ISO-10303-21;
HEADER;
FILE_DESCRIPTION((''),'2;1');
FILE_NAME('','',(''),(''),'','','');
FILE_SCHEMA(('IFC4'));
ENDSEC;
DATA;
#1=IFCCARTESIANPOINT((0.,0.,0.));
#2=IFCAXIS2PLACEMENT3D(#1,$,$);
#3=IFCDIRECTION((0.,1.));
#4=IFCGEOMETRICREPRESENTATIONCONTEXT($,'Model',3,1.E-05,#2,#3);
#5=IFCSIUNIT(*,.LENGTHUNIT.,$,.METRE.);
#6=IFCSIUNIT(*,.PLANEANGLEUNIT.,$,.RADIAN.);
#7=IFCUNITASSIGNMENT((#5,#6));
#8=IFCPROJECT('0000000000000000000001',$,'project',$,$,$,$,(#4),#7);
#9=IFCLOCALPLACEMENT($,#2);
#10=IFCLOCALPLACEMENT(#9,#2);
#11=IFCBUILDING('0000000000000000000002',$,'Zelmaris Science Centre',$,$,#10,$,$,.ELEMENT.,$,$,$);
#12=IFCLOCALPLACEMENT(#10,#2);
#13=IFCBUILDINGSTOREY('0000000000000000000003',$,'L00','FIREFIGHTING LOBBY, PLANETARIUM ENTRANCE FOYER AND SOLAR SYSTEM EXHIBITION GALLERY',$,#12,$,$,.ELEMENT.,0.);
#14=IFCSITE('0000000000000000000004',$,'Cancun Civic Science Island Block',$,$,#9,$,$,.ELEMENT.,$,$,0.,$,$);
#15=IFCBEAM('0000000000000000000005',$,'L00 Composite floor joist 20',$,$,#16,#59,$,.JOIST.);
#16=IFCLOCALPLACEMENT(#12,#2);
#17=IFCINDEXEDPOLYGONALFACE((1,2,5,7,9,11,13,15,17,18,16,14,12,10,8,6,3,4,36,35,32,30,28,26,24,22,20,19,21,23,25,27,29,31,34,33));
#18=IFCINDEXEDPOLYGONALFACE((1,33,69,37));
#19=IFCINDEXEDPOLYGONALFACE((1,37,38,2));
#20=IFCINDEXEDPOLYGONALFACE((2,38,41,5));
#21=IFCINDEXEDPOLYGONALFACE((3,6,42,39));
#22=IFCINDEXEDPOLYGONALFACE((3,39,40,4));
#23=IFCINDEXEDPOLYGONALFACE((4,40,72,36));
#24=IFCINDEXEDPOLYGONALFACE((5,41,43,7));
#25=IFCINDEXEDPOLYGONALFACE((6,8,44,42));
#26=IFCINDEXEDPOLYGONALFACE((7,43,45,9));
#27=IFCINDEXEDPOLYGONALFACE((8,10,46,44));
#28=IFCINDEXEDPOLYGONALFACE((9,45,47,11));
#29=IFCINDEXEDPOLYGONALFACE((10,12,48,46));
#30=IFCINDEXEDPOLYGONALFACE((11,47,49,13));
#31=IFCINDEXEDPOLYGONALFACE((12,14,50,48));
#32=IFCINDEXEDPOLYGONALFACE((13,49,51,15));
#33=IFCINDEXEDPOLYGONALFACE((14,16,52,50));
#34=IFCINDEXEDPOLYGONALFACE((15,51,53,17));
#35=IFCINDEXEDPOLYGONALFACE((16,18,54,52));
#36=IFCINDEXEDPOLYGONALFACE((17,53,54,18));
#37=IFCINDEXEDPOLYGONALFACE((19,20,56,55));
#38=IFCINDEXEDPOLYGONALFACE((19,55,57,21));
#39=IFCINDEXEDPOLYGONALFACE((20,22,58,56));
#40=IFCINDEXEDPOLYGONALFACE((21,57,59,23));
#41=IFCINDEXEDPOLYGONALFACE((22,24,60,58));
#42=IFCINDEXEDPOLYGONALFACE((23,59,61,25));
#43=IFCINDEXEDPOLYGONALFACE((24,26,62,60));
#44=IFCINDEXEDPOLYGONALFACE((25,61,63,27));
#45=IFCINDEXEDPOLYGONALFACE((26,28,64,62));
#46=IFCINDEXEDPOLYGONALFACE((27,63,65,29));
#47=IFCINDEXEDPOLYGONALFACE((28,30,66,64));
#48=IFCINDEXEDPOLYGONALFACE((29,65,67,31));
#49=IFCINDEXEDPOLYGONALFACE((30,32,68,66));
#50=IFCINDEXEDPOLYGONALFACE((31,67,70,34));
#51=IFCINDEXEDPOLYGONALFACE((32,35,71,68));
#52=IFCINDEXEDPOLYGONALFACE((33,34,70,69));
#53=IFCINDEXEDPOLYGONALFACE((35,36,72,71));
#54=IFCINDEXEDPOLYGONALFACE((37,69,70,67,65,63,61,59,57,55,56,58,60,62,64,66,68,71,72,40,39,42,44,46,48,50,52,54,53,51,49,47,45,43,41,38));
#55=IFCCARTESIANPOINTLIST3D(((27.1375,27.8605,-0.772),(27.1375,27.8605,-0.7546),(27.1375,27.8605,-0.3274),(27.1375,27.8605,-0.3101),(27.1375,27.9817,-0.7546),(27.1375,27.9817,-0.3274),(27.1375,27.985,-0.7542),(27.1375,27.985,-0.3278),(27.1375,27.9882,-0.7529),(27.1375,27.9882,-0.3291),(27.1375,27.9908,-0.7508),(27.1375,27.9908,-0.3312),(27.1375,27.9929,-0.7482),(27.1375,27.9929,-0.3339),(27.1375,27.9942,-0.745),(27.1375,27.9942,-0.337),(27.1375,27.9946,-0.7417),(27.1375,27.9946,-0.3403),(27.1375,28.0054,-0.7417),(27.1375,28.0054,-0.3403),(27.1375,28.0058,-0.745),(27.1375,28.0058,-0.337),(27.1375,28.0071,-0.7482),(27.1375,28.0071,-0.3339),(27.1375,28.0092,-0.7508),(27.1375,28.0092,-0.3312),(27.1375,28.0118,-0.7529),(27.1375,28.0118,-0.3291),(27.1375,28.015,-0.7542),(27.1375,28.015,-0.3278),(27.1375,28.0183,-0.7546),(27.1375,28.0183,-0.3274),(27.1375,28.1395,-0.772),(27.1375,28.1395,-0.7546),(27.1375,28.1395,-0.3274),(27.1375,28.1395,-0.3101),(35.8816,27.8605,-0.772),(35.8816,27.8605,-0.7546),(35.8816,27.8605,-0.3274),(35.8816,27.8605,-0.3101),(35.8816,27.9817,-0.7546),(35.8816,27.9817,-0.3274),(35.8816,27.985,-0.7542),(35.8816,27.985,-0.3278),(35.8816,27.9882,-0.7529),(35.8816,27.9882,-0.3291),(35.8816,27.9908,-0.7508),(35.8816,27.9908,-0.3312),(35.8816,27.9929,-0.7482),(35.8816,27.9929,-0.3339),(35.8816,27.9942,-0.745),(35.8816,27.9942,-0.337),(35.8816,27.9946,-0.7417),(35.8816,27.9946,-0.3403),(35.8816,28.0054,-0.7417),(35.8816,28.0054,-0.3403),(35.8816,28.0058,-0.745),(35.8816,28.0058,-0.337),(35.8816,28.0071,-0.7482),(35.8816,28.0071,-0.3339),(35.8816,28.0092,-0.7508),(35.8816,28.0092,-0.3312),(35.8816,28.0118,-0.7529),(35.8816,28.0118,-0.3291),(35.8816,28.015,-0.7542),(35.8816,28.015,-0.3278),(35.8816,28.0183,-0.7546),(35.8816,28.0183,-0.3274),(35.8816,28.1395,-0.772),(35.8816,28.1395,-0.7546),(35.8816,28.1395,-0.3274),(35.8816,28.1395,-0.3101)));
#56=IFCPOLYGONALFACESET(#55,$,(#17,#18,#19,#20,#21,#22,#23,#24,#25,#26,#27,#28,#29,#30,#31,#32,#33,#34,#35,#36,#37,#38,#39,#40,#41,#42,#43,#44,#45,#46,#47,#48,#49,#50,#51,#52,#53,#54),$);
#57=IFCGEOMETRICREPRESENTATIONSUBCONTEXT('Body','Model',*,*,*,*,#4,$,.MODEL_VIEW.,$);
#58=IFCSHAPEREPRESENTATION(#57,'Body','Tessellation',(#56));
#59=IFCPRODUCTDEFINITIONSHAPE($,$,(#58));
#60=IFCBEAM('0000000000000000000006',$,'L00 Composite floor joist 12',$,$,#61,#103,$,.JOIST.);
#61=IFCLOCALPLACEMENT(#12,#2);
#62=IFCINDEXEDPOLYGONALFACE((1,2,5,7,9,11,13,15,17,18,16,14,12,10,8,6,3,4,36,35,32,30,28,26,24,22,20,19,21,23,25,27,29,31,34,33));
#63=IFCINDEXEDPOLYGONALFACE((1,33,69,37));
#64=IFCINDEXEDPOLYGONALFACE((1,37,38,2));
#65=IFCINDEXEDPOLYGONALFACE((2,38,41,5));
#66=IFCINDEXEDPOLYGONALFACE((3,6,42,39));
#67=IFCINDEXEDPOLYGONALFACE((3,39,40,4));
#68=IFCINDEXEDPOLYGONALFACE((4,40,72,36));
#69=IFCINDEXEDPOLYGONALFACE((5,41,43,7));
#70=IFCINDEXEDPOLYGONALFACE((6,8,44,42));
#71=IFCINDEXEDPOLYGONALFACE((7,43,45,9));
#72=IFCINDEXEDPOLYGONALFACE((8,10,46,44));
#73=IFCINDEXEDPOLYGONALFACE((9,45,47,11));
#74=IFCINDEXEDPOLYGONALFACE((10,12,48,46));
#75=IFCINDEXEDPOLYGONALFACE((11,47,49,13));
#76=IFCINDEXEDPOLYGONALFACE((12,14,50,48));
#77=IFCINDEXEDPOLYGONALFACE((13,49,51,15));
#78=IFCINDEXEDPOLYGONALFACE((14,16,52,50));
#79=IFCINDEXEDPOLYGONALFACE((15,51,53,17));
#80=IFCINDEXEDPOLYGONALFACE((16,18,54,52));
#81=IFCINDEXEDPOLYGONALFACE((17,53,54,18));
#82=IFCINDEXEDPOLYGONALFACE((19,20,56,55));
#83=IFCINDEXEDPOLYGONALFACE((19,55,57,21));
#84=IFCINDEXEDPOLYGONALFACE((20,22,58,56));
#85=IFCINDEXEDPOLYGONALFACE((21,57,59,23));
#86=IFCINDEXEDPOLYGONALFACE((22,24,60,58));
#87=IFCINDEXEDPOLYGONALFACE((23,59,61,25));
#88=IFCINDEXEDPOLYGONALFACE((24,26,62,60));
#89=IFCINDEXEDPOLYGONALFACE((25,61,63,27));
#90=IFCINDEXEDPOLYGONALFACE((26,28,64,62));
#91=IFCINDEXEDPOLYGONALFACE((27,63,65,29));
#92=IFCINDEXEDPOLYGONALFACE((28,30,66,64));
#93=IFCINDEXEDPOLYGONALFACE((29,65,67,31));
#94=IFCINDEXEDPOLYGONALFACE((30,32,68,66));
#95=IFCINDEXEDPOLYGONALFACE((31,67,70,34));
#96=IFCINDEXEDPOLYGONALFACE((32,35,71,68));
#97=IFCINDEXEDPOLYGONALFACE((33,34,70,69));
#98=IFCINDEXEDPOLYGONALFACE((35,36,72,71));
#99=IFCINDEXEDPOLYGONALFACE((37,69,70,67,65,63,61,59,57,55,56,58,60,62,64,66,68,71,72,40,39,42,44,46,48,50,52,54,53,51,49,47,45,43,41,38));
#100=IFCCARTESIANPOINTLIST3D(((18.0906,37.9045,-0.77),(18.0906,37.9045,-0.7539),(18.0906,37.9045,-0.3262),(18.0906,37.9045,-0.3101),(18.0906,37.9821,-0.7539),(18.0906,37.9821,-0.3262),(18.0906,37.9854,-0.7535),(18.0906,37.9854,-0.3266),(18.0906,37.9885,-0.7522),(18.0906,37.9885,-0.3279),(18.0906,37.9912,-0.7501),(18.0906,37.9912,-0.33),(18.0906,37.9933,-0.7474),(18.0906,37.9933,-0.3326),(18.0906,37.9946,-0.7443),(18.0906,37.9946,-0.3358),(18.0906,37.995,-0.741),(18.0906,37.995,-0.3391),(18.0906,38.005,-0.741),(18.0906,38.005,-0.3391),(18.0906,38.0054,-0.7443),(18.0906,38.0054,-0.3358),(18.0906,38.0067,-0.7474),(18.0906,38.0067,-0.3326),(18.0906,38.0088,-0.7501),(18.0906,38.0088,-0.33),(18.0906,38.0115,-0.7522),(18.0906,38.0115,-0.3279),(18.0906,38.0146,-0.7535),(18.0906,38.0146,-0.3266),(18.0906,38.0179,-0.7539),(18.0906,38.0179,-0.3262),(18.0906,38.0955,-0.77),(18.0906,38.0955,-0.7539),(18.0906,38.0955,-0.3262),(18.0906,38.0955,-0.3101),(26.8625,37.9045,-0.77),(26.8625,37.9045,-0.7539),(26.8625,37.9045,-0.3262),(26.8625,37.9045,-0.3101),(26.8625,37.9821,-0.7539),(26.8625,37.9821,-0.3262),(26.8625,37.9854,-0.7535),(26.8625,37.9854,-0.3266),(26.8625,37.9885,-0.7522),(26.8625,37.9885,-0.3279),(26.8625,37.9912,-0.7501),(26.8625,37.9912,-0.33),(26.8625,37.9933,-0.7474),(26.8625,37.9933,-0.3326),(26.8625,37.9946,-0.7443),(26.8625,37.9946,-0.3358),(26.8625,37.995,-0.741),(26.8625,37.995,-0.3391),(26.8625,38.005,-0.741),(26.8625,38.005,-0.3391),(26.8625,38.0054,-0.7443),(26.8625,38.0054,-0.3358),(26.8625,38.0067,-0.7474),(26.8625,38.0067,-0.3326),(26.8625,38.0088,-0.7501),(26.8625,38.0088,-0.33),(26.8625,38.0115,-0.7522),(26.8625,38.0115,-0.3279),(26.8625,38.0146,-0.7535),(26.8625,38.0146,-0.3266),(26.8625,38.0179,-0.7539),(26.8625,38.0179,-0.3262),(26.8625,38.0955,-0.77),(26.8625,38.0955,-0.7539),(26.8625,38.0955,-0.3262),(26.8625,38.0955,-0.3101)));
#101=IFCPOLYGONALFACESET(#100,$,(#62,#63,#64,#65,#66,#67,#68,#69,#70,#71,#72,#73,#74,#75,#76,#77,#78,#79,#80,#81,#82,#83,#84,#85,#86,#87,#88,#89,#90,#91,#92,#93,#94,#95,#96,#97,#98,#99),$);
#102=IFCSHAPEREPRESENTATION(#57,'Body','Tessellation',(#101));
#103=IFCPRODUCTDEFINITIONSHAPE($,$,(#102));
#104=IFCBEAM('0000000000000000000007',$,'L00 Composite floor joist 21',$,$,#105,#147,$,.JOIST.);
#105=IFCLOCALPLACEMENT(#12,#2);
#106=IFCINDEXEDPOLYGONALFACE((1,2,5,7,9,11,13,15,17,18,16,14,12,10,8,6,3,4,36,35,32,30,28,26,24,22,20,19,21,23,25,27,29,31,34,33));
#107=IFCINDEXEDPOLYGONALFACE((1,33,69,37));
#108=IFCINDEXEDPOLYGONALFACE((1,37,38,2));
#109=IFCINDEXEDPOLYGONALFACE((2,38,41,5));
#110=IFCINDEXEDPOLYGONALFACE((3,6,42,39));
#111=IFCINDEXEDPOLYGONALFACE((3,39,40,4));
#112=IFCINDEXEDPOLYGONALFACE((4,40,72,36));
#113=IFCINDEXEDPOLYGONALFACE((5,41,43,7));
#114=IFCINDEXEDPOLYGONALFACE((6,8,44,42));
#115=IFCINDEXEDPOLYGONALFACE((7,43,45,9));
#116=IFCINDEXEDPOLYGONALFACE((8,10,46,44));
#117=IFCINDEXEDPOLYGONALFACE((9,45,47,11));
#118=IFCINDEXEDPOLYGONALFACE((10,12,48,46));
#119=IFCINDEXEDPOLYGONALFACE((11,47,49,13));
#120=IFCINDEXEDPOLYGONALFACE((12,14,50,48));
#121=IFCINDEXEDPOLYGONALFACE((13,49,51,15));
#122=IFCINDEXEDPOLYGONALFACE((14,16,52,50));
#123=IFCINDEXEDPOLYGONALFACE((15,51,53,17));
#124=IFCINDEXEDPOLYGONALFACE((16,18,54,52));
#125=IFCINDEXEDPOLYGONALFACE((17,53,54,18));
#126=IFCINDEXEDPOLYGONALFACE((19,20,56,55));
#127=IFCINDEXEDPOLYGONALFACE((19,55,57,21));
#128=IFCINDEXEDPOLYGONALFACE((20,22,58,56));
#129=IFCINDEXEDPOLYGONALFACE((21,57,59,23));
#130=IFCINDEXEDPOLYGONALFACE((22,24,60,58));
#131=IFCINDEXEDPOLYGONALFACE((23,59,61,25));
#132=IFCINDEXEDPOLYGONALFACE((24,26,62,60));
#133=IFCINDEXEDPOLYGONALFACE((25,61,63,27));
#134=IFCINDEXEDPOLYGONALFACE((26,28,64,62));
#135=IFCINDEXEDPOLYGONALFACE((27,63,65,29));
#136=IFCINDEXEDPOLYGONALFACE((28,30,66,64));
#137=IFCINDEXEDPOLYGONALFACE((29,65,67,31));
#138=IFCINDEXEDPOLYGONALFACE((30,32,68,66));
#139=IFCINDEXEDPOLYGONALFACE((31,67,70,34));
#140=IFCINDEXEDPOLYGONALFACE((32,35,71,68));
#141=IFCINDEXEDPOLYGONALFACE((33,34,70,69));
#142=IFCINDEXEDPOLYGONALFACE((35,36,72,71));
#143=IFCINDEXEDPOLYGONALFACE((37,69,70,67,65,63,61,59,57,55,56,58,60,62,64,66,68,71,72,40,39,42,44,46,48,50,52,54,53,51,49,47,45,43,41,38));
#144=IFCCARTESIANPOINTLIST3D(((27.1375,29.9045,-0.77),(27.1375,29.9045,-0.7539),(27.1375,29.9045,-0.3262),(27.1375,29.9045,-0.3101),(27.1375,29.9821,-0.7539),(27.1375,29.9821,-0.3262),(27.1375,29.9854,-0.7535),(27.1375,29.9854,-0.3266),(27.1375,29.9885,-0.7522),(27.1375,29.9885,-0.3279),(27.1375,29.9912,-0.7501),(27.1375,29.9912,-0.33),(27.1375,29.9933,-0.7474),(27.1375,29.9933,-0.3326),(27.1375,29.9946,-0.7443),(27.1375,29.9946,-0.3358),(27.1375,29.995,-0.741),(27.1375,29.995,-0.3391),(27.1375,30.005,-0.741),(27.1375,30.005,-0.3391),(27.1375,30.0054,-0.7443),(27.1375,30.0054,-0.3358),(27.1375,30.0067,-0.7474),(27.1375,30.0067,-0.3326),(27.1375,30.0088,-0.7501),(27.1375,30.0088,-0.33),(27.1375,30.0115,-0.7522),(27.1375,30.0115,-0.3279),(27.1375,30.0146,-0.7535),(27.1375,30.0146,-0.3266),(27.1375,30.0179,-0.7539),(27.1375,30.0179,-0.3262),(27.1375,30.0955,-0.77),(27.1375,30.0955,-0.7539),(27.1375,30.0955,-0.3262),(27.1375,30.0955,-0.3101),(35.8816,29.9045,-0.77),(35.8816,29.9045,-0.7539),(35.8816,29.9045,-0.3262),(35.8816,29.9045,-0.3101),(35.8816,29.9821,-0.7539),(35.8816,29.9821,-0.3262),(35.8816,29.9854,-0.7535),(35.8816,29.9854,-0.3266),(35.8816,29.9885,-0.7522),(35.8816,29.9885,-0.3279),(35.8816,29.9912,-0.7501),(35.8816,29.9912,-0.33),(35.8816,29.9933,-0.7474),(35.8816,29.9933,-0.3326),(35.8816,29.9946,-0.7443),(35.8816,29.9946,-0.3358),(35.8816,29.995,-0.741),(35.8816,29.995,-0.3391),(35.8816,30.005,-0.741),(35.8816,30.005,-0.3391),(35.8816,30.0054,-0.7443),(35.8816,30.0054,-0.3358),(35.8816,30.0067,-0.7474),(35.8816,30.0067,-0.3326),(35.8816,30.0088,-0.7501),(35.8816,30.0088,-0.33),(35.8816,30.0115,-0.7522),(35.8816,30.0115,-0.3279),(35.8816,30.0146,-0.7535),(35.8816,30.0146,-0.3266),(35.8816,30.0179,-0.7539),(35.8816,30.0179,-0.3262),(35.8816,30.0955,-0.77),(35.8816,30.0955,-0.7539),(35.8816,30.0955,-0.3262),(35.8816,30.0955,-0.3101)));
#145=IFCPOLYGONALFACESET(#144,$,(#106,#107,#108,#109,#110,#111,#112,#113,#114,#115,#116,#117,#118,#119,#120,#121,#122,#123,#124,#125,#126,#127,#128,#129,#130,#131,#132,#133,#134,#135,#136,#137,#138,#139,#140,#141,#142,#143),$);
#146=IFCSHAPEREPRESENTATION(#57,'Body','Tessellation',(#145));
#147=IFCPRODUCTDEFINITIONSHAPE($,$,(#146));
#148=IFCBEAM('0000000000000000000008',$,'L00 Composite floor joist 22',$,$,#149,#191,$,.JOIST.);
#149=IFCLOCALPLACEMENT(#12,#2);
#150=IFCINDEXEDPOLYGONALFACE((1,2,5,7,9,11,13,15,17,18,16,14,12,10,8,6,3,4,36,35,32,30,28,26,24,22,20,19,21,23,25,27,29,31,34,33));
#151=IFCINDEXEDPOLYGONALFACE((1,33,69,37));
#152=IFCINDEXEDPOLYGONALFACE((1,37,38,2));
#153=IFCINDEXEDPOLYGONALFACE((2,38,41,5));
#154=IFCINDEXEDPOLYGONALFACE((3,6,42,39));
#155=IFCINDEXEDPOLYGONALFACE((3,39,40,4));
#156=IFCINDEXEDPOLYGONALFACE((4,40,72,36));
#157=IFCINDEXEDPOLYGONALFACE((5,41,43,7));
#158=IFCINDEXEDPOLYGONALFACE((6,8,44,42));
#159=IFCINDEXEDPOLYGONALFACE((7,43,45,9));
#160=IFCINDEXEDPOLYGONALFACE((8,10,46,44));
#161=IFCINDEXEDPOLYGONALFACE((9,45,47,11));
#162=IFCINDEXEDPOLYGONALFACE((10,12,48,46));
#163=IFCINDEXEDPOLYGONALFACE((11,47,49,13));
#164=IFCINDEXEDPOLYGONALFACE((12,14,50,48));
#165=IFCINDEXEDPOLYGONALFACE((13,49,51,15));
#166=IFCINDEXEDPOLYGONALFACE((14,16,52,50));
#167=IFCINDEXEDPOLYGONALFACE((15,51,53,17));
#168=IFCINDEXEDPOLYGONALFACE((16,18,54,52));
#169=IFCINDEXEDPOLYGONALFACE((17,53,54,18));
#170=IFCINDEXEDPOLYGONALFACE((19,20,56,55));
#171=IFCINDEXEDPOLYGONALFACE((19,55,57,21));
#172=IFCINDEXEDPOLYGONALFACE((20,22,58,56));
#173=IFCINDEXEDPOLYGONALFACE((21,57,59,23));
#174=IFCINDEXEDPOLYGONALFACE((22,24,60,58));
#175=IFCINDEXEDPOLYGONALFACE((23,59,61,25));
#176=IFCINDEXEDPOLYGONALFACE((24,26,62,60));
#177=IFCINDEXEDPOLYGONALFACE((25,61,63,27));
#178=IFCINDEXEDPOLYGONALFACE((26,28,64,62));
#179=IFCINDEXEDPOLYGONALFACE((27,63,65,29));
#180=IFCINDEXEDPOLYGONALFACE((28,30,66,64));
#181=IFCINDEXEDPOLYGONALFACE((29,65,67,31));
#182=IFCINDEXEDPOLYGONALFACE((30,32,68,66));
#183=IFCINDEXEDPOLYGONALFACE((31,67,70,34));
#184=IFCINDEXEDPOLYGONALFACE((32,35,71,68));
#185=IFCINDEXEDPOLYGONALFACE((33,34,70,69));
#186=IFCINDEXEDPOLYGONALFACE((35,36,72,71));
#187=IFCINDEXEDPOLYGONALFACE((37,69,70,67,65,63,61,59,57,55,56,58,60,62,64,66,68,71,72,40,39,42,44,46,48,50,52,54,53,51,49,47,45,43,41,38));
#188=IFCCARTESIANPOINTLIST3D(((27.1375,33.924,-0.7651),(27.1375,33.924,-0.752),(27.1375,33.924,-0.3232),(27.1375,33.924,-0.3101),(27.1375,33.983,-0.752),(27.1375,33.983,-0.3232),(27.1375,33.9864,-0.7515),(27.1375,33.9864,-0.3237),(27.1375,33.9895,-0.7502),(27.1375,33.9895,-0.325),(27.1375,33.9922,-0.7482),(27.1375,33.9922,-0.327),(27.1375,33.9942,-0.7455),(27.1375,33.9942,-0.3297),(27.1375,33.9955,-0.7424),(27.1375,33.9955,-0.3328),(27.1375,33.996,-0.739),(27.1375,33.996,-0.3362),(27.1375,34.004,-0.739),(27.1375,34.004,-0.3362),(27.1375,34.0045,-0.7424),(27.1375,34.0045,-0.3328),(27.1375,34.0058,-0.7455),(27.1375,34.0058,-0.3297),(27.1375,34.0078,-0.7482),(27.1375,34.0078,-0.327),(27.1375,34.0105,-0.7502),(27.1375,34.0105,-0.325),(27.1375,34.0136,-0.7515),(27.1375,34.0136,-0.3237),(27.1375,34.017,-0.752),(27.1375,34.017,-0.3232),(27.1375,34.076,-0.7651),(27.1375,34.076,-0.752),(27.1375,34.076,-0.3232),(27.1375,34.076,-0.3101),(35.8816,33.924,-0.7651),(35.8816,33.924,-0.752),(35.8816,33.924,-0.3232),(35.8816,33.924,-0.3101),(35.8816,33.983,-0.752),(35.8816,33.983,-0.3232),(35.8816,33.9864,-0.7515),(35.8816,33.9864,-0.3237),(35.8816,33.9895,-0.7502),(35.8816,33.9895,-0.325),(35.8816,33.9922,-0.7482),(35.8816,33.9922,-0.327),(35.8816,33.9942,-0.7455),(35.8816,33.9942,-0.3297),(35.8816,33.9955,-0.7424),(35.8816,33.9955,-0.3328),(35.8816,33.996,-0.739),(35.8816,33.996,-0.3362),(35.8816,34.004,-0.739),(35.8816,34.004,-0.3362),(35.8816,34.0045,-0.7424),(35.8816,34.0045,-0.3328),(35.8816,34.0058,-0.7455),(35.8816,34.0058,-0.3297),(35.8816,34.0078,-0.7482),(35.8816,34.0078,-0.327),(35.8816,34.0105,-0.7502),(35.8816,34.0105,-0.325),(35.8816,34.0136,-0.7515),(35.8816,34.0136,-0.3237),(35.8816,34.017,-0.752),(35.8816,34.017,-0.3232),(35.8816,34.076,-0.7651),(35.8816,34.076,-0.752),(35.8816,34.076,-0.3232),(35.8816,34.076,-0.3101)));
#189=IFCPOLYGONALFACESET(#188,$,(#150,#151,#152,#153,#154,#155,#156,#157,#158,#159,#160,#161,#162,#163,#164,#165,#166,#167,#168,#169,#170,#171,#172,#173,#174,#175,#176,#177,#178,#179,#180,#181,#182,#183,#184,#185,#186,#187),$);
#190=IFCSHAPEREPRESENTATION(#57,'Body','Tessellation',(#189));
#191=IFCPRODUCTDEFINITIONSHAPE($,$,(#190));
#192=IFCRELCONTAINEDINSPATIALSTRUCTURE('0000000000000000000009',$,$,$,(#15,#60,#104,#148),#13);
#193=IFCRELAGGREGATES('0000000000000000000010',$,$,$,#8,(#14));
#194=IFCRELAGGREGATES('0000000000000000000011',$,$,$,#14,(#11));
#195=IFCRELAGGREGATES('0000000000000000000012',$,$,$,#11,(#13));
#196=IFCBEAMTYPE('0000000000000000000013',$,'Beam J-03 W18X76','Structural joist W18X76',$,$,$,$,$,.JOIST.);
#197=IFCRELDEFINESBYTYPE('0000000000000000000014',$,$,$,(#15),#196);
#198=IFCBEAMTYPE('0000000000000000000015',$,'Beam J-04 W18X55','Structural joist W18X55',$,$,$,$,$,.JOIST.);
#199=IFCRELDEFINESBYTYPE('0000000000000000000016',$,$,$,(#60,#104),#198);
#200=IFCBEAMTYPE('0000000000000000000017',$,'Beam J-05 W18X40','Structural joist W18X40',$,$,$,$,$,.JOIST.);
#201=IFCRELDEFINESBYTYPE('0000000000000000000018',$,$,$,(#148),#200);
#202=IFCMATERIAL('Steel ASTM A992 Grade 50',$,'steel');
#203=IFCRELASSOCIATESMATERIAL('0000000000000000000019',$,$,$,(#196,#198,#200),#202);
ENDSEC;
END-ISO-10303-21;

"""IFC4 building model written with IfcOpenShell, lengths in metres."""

from ifc_helpers import new_model, si_unit, direction, frame, origin, origin_2d, place, context, subcontext, project, spatial, i_section, extrude, material, material_profile, profile_set, type_object, element, save


model = new_model("IFC4")

# Units and contexts
model_context = context("Model", 3, precision=1e-05, world=origin(), true_north=direction((0.0, 1.0)))
body_context = subcontext(model_context, "Body", "Model", "MODEL_VIEW")
ifc_project = project(units=[si_unit("LENGTHUNIT", "METRE"), si_unit("PLANEANGLEUNIT", "RADIAN")], contexts=[model_context])

# Site, building, storey
site_placement = place(None, origin())
site = spatial("IfcSite", under=ifc_project, at=site_placement, Name="Cancun Civic Science Island Block", CompositionType="ELEMENT", RefElevation=0.0)
building_placement = place(site_placement, origin())
building = spatial("IfcBuilding", under=site, at=building_placement, Name="Zelmaris Science Centre", CompositionType="ELEMENT")
storey_placement = place(building_placement, origin())
storey = spatial("IfcBuildingStorey", under=building, at=storey_placement, Name="L00", Description="FIREFIGHTING LOBBY, PLANETARIUM ENTRANCE FOYER AND SOLAR SYSTEM EXHIBITION GALLERY", CompositionType="ELEMENT", Elevation=0.0)

# Shared definitions
ifc_material_1 = material(Name="Steel ASTM A992 Grade 50", Category="steel")

# Beams
ifc_material_profile_1 = material_profile(ifc_material_1, i_section(OverallWidth=0.2791, OverallDepth=0.4619, WebThickness=0.0107, FlangeThickness=0.0173, FilletRadius=0.0129, at=origin_2d()), Name="W18X76")
ifc_profile_set_1 = profile_set([ifc_material_profile_1], Name="Steel ASTM A992 Grade 50")
beam_type_1 = type_object("IfcBeamType", Name="Beam J-03 W18X76", Description="Structural joist W18X76", PredefinedType="JOIST", material=ifc_profile_set_1)
beam_1_placement = place(storey_placement, frame((27.1375, 28.0, -0.541), z_axis=(1.0, 0.0, 0.0), x_axis=(0.0, 1.0, 0.0)))
element("IfcBeam", 1, at=beam_1_placement, inside=storey, type_object=beam_type_1, Name="L00 Composite floor joist 20", PredefinedType="JOIST", context=body_context, shape_type="SweptSolid", body=[
    extrude(i_section(OverallWidth=0.2791, OverallDepth=0.4619, WebThickness=0.0107, FlangeThickness=0.0173, FilletRadius=0.0129, at=origin_2d()), origin(), (0.0, 0.0, 1.0), 8.7441),
])
ifc_material_profile_2 = material_profile(ifc_material_1, i_section(OverallWidth=0.1909, OverallDepth=0.46, WebThickness=0.01, FlangeThickness=0.0161, FilletRadius=0.0129, at=origin_2d()), Name="W18X55")
ifc_profile_set_2 = profile_set([ifc_material_profile_2], Name="Steel ASTM A992 Grade 50")
beam_type_2 = type_object("IfcBeamType", Name="Beam J-04 W18X55", Description="Structural joist W18X55", PredefinedType="JOIST", material=ifc_profile_set_2)
beam_2_placement = place(storey_placement, frame((18.0906, 38.0, -0.54), z_axis=(1.0, 0.0, 0.0), x_axis=(0.0, 1.0, 0.0)))
element("IfcBeam", 2, at=beam_2_placement, inside=storey, type_object=beam_type_2, Name="L00 Composite floor joist 12", PredefinedType="JOIST", context=body_context, shape_type="SweptSolid", body=[
    extrude(i_section(OverallWidth=0.1909, OverallDepth=0.46, WebThickness=0.01, FlangeThickness=0.0161, FilletRadius=0.0129, at=origin_2d()), origin(), (0.0, 0.0, 1.0), 8.772),
])
beam_3_placement = place(storey_placement, frame((27.1375, 30.0, -0.54), z_axis=(1.0, 0.0, 0.0), x_axis=(0.0, 1.0, 0.0)))
element("IfcBeam", 3, at=beam_3_placement, inside=storey, type_object=beam_type_2, Name="L00 Composite floor joist 21", PredefinedType="JOIST", context=body_context, shape_type="SweptSolid", body=[
    extrude(i_section(OverallWidth=0.1909, OverallDepth=0.46, WebThickness=0.01, FlangeThickness=0.0161, FilletRadius=0.0129, at=origin_2d()), origin(), (0.0, 0.0, 1.0), 8.7441),
])
ifc_material_profile_3 = material_profile(ifc_material_1, i_section(OverallWidth=0.1521, OverallDepth=0.4551, WebThickness=0.0081, FlangeThickness=0.0132, FilletRadius=0.0129, at=origin_2d()), Name="W18X40")
ifc_profile_set_3 = profile_set([ifc_material_profile_3], Name="Steel ASTM A992 Grade 50")
beam_type_3 = type_object("IfcBeamType", Name="Beam J-05 W18X40", Description="Structural joist W18X40", PredefinedType="JOIST", material=ifc_profile_set_3)
beam_4_placement = place(storey_placement, frame((27.1375, 34.0, -0.5376), z_axis=(1.0, 0.0, 0.0), x_axis=(0.0, 1.0, 0.0)))
element("IfcBeam", 4, at=beam_4_placement, inside=storey, type_object=beam_type_3, Name="L00 Composite floor joist 22", PredefinedType="JOIST", context=body_context, shape_type="SweptSolid", body=[
    extrude(i_section(OverallWidth=0.1521, OverallDepth=0.4551, WebThickness=0.0081, FlangeThickness=0.0132, FilletRadius=0.0129, at=origin_2d()), origin(), (0.0, 0.0, 1.0), 8.7441),
])

save(model, "model.ifc")
